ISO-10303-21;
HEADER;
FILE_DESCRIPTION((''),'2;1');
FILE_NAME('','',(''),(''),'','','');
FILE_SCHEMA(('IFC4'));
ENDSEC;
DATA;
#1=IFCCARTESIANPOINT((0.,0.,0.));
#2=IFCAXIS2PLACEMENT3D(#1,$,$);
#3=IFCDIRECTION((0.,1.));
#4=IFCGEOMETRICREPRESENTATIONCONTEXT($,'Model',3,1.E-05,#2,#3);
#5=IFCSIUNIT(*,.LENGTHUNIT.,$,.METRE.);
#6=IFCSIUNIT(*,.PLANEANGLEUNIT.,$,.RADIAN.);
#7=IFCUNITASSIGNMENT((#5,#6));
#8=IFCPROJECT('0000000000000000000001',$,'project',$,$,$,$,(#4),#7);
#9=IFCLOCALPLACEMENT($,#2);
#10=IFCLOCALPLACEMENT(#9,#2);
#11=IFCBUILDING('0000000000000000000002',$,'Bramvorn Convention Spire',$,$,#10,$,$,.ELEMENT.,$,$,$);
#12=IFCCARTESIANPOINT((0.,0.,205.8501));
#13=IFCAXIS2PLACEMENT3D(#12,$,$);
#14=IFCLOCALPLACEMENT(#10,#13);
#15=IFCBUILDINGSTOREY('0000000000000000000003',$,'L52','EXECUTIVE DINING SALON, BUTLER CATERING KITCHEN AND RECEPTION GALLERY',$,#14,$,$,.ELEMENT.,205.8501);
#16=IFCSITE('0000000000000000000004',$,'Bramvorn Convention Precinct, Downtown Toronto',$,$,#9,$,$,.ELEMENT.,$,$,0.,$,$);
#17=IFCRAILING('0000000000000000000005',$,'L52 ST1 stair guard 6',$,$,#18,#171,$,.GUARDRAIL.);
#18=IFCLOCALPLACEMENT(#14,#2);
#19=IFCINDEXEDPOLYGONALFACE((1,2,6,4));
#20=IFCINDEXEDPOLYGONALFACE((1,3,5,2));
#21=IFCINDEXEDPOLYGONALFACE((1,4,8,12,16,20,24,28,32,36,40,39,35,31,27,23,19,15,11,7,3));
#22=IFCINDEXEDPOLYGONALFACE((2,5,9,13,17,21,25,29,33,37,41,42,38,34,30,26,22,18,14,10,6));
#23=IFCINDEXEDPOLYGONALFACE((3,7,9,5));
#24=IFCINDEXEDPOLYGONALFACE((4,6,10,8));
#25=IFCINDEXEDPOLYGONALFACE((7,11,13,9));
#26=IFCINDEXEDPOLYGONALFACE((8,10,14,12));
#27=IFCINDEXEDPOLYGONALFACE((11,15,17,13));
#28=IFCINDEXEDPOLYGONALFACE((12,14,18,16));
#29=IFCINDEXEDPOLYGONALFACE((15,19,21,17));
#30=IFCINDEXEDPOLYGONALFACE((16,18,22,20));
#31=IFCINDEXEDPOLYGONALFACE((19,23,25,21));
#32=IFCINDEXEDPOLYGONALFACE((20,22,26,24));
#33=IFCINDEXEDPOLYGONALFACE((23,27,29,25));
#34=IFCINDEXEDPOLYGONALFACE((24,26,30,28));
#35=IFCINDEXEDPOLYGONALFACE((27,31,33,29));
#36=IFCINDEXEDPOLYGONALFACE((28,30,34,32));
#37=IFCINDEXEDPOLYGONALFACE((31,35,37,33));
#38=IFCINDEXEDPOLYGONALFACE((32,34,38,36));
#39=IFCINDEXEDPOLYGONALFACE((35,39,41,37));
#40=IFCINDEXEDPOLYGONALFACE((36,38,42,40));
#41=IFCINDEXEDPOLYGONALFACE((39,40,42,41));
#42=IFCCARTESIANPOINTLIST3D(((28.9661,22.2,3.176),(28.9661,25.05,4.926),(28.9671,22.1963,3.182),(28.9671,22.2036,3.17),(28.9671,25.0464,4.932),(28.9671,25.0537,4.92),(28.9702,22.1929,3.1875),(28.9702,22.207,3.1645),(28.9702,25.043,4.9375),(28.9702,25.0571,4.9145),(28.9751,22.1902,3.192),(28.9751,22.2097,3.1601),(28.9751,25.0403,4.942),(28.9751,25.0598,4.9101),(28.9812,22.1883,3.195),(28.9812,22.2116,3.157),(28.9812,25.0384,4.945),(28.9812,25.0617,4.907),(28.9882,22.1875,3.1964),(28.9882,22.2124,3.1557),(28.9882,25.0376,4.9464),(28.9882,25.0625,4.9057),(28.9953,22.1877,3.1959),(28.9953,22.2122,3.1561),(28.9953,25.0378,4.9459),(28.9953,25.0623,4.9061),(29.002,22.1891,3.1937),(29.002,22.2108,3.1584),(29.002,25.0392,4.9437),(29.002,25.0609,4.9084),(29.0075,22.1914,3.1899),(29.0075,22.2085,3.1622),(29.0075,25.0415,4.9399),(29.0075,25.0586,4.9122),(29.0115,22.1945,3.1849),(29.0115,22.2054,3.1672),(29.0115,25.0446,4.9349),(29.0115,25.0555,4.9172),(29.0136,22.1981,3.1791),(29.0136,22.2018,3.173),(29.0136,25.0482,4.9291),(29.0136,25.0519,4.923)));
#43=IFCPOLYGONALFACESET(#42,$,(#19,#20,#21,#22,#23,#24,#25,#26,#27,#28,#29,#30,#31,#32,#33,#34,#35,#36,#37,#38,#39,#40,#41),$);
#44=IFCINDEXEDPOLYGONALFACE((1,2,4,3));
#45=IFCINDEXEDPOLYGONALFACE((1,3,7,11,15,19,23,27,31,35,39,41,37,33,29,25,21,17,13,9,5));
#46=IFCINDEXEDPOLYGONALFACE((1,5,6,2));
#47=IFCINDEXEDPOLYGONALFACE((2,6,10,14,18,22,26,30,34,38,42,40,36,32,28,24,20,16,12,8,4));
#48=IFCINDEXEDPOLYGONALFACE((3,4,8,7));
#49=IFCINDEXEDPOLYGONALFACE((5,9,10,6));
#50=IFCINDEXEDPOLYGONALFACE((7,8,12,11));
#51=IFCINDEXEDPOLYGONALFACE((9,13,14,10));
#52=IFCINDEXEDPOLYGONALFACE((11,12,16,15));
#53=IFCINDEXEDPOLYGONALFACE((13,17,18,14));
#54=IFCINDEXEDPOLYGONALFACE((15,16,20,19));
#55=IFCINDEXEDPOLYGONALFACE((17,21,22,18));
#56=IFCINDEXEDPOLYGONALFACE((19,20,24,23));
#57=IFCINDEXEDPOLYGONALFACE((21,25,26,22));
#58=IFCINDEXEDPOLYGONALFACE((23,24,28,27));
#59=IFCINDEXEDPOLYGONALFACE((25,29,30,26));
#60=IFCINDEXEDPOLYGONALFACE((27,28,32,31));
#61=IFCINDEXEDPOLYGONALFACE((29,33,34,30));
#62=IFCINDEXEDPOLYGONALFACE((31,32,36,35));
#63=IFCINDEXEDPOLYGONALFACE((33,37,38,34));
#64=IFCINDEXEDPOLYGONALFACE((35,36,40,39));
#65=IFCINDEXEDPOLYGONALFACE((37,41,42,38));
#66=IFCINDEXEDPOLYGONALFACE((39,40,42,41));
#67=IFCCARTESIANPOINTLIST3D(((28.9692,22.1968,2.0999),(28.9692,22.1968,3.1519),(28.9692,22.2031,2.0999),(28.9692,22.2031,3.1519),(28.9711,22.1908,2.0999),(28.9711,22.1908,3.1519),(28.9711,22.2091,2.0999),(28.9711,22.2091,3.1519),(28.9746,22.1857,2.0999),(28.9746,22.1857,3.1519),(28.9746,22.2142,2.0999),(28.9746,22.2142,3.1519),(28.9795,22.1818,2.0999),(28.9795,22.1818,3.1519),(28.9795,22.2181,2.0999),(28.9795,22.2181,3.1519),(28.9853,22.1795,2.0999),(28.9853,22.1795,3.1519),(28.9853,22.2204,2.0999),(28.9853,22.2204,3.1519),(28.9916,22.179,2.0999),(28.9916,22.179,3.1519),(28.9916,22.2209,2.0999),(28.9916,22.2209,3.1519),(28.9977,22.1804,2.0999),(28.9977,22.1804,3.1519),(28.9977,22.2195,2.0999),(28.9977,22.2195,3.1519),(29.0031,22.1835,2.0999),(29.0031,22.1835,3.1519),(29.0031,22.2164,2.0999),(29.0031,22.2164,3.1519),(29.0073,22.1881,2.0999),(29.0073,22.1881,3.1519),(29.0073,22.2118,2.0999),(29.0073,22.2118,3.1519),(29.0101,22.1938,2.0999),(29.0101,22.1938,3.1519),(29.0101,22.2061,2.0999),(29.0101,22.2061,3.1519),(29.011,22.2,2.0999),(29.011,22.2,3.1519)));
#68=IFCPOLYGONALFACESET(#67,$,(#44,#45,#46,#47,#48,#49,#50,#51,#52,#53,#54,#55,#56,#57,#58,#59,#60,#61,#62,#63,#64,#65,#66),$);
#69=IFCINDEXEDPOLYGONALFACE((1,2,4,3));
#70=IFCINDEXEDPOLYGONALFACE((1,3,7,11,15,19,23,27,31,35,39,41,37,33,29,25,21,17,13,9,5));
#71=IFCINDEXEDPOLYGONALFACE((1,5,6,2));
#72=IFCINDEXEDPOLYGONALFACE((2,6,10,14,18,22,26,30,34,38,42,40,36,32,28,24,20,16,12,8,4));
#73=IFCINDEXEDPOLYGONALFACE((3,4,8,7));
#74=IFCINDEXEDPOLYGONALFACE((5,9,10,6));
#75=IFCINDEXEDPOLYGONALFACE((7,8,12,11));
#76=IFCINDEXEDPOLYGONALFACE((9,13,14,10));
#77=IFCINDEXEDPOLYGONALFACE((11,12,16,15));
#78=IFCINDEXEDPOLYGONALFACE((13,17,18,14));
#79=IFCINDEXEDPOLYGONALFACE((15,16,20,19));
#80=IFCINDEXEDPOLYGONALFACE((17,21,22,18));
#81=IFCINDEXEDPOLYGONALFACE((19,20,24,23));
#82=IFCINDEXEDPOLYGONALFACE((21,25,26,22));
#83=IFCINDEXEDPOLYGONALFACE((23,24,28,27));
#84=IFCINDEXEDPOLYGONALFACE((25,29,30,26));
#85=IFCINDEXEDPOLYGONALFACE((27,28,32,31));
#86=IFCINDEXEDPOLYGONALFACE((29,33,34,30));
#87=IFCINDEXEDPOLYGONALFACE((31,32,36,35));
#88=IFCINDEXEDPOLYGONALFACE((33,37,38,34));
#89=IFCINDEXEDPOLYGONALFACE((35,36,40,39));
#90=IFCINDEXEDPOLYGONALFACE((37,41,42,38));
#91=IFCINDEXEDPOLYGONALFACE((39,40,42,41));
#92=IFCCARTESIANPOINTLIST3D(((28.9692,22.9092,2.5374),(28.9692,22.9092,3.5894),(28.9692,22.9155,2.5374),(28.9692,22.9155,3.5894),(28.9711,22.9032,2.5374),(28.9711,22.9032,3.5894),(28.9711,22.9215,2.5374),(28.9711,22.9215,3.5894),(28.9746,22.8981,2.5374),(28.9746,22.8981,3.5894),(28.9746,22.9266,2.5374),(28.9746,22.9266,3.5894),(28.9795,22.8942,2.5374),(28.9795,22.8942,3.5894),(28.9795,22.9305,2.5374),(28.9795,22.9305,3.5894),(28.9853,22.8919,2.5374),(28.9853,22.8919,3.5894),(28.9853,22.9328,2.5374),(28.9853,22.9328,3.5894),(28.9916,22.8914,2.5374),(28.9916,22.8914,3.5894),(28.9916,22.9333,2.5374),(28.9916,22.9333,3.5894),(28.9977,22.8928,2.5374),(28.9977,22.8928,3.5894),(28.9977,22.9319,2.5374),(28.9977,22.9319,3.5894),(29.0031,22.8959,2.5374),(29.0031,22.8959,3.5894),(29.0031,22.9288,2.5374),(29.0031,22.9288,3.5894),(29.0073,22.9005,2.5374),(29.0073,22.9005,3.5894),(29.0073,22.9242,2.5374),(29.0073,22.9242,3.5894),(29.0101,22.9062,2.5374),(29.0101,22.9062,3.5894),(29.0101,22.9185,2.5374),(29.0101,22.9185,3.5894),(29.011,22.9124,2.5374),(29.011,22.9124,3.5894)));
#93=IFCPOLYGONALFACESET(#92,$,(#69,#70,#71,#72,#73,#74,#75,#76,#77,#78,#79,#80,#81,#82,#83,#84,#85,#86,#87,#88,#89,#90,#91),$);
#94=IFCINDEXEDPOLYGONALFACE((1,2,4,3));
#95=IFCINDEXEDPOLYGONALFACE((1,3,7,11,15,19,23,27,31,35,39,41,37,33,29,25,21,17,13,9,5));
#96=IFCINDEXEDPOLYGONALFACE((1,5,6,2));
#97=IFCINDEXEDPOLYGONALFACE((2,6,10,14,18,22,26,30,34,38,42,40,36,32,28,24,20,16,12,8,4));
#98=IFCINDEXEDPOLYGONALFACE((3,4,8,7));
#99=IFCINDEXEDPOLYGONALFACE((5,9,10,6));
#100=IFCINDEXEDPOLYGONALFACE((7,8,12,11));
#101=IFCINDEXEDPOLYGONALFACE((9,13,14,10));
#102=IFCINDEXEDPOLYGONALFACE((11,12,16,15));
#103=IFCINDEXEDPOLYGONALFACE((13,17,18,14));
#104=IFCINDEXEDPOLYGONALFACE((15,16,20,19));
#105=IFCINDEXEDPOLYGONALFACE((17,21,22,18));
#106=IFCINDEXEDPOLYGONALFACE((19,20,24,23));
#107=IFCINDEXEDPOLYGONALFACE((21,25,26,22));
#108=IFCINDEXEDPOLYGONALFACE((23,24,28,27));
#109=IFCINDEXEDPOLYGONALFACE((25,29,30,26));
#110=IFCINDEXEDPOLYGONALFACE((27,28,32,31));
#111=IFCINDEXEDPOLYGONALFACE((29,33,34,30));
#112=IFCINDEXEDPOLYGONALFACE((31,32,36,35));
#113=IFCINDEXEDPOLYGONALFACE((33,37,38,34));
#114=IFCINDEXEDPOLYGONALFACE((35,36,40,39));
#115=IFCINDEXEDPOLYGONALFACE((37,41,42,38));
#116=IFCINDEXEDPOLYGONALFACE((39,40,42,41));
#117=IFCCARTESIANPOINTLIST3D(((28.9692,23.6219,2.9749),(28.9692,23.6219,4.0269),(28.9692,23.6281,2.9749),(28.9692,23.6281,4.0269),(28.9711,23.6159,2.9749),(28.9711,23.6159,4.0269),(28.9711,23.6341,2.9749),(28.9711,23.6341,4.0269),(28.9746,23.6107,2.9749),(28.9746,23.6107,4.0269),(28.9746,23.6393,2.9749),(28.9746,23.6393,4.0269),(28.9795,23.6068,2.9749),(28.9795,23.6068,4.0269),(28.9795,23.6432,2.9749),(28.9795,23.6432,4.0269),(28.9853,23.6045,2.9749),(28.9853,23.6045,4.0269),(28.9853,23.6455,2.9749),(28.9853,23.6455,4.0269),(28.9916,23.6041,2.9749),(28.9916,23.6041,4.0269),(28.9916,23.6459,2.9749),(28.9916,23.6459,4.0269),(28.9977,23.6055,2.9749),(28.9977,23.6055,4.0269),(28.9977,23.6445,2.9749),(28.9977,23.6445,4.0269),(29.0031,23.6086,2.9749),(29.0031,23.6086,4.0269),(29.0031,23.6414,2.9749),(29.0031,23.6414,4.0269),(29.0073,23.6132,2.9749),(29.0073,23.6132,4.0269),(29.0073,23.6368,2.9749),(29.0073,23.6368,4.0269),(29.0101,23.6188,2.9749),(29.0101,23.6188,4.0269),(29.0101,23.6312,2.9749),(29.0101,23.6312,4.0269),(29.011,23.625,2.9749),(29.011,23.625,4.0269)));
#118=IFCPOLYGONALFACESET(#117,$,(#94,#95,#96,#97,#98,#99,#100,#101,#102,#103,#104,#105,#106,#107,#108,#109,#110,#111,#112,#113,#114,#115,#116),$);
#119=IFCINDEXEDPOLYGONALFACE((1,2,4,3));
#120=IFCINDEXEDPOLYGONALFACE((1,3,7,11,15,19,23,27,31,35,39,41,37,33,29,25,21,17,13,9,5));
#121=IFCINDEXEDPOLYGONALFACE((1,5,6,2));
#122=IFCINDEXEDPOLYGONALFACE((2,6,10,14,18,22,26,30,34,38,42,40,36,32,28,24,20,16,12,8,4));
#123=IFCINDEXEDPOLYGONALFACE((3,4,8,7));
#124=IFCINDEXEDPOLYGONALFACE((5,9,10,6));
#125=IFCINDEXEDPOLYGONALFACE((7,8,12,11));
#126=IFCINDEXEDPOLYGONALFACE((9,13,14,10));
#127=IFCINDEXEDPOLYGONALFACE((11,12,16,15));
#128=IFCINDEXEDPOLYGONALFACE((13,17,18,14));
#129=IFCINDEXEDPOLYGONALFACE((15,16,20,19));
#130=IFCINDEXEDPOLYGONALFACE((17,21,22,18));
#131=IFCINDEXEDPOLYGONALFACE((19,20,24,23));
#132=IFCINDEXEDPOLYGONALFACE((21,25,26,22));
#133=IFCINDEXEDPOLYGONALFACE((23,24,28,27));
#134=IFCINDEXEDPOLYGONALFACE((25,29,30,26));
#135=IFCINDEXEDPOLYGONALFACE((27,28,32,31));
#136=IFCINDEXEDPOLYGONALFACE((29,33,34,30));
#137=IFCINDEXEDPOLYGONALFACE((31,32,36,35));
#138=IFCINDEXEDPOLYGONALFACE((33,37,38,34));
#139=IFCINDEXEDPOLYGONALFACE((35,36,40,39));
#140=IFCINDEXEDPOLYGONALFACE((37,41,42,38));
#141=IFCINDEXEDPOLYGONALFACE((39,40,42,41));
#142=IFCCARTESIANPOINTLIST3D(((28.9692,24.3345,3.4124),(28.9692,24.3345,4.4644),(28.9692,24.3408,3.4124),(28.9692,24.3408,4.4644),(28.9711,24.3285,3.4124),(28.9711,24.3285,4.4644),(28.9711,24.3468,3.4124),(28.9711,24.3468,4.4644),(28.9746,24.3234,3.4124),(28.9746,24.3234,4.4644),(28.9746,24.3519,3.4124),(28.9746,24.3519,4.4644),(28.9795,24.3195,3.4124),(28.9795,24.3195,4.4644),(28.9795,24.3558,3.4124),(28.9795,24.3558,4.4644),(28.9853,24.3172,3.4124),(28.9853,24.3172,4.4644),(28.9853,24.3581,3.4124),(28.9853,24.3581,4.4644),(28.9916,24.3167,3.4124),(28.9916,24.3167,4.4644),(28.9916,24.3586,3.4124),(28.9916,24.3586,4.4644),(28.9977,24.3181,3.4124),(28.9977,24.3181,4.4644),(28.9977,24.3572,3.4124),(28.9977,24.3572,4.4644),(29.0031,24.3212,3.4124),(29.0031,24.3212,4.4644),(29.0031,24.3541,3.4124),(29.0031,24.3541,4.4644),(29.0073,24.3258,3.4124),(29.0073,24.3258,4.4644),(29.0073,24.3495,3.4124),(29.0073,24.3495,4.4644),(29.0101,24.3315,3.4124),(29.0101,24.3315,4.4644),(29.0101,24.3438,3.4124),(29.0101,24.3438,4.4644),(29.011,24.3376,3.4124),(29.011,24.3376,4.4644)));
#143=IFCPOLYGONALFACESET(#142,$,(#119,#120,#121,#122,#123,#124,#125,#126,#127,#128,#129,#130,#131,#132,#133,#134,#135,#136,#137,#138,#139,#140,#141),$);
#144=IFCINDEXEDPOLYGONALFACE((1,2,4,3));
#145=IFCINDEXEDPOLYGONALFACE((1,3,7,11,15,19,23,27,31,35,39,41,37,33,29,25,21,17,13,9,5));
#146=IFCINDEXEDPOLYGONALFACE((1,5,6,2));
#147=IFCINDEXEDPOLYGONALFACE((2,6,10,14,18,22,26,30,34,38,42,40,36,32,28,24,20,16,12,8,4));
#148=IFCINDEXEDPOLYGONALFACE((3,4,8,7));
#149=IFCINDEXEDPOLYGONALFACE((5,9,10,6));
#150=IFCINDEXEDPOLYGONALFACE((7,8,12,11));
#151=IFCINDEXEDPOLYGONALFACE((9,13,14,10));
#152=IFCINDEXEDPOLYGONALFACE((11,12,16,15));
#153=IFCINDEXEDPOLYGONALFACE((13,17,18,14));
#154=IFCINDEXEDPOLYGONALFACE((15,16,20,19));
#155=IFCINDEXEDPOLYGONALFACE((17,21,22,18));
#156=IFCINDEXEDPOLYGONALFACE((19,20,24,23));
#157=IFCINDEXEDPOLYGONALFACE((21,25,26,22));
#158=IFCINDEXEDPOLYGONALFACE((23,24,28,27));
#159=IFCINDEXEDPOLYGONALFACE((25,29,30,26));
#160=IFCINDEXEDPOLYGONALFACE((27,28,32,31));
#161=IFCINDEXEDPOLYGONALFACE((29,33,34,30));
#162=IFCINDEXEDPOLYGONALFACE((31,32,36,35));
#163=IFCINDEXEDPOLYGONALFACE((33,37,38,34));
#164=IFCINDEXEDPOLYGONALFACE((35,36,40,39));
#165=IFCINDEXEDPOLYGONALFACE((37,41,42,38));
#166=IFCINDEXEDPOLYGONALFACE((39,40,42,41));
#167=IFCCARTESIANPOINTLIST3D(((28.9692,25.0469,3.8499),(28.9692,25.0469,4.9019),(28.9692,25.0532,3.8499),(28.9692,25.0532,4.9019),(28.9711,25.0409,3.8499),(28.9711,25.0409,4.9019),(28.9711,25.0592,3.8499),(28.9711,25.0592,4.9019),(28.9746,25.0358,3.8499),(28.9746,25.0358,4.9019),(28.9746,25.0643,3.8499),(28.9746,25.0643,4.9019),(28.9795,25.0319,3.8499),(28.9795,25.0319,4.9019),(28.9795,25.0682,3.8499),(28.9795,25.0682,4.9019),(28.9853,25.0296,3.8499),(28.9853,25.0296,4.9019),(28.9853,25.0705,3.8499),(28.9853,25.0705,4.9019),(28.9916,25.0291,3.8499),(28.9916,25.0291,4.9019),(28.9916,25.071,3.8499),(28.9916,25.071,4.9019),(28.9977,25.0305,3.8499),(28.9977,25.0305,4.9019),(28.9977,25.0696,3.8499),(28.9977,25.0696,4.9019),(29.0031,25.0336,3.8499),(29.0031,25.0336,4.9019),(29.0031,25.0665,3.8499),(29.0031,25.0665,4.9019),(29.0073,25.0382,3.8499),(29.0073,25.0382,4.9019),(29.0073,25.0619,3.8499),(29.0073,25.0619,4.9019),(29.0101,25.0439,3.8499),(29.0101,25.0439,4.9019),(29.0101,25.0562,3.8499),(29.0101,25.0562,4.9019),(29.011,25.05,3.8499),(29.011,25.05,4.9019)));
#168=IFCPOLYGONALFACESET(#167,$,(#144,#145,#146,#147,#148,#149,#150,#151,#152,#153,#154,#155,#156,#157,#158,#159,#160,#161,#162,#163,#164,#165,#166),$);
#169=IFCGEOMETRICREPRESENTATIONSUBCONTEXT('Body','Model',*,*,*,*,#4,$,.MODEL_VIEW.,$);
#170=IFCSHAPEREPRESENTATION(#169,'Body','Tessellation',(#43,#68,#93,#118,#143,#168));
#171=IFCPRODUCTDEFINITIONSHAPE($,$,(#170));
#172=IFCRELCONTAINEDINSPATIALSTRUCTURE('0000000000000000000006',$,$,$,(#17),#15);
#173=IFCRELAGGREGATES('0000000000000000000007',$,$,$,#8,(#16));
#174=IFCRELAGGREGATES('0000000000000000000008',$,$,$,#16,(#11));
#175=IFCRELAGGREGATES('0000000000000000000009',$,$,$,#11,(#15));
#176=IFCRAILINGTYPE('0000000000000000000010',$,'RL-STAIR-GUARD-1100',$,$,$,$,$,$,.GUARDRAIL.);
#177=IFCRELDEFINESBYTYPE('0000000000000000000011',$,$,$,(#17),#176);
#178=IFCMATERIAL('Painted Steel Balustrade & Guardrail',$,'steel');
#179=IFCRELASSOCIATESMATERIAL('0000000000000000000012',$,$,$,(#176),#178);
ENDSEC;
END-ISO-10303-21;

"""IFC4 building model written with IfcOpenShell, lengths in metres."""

from ifc_helpers import new_model, si_unit, direction, frame, origin, origin_2d, place, context, subcontext, project, spatial, circle, extrude, material, type_object, element, save


model = new_model("IFC4")

# Units and contexts
model_context = context("Model", 3, precision=1e-05, world=origin(), true_north=direction((0.0, 1.0)))
body_context = subcontext(model_context, "Body", "Model", "MODEL_VIEW")
ifc_project = project(units=[si_unit("LENGTHUNIT", "METRE"), si_unit("PLANEANGLEUNIT", "RADIAN")], contexts=[model_context])

# Site, building, storey
site_placement = place(None, origin())
site = spatial("IfcSite", under=ifc_project, at=site_placement, Name="Bramvorn Convention Precinct, Downtown Toronto", CompositionType="ELEMENT", RefElevation=0.0)
building_placement = place(site_placement, origin())
building = spatial("IfcBuilding", under=site, at=building_placement, Name="Bramvorn Convention Spire", CompositionType="ELEMENT")
storey_placement = place(building_placement, frame((0.0, 0.0, 205.8501)))
storey = spatial("IfcBuildingStorey", under=building, at=storey_placement, Name="L52", Description="EXECUTIVE DINING SALON, BUTLER CATERING KITCHEN AND RECEPTION GALLERY", CompositionType="ELEMENT", Elevation=205.8501)

# Railing
ifc_material_1 = material(Name="Painted Steel Balustrade & Guardrail", Category="steel")
railing_type_1 = type_object("IfcRailingType", Name="RL-STAIR-GUARD-1100", PredefinedType="GUARDRAIL", material=ifc_material_1)
railing_1_placement = place(storey_placement, frame((28.99, 22.2, 2.0999)))
element("IfcRailing", 1, at=railing_1_placement, inside=storey, type_object=railing_type_1, Name="L52 ST1 stair guard 6", PredefinedType="GUARDRAIL", context=body_context, shape_type="SweptSolid", body=[
    extrude(circle(Radius=0.0239, at=origin_2d()), frame((0.0, 0.0, 1.0762), z_axis=(0.0, 0.852179, 0.52325), x_axis=(-1.0, 0.0, 0.0)), (0.0, 0.0, 1.0), 3.3445),
    extrude(circle(Radius=0.021, at=origin_2d()), origin(), (0.0, 0.0, 1.0), 1.052),
    extrude(circle(Radius=0.021, at=origin_2d()), frame((0.0, 0.7124, 0.4375)), (0.0, 0.0, 1.0), 1.052),
    extrude(circle(Radius=0.021, at=origin_2d()), frame((0.0, 1.425, 0.875)), (0.0, 0.0, 1.0), 1.052),
    extrude(circle(Radius=0.021, at=origin_2d()), frame((0.0, 2.1377, 1.3125)), (0.0, 0.0, 1.0), 1.052),
    extrude(circle(Radius=0.021, at=origin_2d()), frame((0.0, 2.8501, 1.75)), (0.0, 0.0, 1.0), 1.052),
])

save(model, "model.ifc")
